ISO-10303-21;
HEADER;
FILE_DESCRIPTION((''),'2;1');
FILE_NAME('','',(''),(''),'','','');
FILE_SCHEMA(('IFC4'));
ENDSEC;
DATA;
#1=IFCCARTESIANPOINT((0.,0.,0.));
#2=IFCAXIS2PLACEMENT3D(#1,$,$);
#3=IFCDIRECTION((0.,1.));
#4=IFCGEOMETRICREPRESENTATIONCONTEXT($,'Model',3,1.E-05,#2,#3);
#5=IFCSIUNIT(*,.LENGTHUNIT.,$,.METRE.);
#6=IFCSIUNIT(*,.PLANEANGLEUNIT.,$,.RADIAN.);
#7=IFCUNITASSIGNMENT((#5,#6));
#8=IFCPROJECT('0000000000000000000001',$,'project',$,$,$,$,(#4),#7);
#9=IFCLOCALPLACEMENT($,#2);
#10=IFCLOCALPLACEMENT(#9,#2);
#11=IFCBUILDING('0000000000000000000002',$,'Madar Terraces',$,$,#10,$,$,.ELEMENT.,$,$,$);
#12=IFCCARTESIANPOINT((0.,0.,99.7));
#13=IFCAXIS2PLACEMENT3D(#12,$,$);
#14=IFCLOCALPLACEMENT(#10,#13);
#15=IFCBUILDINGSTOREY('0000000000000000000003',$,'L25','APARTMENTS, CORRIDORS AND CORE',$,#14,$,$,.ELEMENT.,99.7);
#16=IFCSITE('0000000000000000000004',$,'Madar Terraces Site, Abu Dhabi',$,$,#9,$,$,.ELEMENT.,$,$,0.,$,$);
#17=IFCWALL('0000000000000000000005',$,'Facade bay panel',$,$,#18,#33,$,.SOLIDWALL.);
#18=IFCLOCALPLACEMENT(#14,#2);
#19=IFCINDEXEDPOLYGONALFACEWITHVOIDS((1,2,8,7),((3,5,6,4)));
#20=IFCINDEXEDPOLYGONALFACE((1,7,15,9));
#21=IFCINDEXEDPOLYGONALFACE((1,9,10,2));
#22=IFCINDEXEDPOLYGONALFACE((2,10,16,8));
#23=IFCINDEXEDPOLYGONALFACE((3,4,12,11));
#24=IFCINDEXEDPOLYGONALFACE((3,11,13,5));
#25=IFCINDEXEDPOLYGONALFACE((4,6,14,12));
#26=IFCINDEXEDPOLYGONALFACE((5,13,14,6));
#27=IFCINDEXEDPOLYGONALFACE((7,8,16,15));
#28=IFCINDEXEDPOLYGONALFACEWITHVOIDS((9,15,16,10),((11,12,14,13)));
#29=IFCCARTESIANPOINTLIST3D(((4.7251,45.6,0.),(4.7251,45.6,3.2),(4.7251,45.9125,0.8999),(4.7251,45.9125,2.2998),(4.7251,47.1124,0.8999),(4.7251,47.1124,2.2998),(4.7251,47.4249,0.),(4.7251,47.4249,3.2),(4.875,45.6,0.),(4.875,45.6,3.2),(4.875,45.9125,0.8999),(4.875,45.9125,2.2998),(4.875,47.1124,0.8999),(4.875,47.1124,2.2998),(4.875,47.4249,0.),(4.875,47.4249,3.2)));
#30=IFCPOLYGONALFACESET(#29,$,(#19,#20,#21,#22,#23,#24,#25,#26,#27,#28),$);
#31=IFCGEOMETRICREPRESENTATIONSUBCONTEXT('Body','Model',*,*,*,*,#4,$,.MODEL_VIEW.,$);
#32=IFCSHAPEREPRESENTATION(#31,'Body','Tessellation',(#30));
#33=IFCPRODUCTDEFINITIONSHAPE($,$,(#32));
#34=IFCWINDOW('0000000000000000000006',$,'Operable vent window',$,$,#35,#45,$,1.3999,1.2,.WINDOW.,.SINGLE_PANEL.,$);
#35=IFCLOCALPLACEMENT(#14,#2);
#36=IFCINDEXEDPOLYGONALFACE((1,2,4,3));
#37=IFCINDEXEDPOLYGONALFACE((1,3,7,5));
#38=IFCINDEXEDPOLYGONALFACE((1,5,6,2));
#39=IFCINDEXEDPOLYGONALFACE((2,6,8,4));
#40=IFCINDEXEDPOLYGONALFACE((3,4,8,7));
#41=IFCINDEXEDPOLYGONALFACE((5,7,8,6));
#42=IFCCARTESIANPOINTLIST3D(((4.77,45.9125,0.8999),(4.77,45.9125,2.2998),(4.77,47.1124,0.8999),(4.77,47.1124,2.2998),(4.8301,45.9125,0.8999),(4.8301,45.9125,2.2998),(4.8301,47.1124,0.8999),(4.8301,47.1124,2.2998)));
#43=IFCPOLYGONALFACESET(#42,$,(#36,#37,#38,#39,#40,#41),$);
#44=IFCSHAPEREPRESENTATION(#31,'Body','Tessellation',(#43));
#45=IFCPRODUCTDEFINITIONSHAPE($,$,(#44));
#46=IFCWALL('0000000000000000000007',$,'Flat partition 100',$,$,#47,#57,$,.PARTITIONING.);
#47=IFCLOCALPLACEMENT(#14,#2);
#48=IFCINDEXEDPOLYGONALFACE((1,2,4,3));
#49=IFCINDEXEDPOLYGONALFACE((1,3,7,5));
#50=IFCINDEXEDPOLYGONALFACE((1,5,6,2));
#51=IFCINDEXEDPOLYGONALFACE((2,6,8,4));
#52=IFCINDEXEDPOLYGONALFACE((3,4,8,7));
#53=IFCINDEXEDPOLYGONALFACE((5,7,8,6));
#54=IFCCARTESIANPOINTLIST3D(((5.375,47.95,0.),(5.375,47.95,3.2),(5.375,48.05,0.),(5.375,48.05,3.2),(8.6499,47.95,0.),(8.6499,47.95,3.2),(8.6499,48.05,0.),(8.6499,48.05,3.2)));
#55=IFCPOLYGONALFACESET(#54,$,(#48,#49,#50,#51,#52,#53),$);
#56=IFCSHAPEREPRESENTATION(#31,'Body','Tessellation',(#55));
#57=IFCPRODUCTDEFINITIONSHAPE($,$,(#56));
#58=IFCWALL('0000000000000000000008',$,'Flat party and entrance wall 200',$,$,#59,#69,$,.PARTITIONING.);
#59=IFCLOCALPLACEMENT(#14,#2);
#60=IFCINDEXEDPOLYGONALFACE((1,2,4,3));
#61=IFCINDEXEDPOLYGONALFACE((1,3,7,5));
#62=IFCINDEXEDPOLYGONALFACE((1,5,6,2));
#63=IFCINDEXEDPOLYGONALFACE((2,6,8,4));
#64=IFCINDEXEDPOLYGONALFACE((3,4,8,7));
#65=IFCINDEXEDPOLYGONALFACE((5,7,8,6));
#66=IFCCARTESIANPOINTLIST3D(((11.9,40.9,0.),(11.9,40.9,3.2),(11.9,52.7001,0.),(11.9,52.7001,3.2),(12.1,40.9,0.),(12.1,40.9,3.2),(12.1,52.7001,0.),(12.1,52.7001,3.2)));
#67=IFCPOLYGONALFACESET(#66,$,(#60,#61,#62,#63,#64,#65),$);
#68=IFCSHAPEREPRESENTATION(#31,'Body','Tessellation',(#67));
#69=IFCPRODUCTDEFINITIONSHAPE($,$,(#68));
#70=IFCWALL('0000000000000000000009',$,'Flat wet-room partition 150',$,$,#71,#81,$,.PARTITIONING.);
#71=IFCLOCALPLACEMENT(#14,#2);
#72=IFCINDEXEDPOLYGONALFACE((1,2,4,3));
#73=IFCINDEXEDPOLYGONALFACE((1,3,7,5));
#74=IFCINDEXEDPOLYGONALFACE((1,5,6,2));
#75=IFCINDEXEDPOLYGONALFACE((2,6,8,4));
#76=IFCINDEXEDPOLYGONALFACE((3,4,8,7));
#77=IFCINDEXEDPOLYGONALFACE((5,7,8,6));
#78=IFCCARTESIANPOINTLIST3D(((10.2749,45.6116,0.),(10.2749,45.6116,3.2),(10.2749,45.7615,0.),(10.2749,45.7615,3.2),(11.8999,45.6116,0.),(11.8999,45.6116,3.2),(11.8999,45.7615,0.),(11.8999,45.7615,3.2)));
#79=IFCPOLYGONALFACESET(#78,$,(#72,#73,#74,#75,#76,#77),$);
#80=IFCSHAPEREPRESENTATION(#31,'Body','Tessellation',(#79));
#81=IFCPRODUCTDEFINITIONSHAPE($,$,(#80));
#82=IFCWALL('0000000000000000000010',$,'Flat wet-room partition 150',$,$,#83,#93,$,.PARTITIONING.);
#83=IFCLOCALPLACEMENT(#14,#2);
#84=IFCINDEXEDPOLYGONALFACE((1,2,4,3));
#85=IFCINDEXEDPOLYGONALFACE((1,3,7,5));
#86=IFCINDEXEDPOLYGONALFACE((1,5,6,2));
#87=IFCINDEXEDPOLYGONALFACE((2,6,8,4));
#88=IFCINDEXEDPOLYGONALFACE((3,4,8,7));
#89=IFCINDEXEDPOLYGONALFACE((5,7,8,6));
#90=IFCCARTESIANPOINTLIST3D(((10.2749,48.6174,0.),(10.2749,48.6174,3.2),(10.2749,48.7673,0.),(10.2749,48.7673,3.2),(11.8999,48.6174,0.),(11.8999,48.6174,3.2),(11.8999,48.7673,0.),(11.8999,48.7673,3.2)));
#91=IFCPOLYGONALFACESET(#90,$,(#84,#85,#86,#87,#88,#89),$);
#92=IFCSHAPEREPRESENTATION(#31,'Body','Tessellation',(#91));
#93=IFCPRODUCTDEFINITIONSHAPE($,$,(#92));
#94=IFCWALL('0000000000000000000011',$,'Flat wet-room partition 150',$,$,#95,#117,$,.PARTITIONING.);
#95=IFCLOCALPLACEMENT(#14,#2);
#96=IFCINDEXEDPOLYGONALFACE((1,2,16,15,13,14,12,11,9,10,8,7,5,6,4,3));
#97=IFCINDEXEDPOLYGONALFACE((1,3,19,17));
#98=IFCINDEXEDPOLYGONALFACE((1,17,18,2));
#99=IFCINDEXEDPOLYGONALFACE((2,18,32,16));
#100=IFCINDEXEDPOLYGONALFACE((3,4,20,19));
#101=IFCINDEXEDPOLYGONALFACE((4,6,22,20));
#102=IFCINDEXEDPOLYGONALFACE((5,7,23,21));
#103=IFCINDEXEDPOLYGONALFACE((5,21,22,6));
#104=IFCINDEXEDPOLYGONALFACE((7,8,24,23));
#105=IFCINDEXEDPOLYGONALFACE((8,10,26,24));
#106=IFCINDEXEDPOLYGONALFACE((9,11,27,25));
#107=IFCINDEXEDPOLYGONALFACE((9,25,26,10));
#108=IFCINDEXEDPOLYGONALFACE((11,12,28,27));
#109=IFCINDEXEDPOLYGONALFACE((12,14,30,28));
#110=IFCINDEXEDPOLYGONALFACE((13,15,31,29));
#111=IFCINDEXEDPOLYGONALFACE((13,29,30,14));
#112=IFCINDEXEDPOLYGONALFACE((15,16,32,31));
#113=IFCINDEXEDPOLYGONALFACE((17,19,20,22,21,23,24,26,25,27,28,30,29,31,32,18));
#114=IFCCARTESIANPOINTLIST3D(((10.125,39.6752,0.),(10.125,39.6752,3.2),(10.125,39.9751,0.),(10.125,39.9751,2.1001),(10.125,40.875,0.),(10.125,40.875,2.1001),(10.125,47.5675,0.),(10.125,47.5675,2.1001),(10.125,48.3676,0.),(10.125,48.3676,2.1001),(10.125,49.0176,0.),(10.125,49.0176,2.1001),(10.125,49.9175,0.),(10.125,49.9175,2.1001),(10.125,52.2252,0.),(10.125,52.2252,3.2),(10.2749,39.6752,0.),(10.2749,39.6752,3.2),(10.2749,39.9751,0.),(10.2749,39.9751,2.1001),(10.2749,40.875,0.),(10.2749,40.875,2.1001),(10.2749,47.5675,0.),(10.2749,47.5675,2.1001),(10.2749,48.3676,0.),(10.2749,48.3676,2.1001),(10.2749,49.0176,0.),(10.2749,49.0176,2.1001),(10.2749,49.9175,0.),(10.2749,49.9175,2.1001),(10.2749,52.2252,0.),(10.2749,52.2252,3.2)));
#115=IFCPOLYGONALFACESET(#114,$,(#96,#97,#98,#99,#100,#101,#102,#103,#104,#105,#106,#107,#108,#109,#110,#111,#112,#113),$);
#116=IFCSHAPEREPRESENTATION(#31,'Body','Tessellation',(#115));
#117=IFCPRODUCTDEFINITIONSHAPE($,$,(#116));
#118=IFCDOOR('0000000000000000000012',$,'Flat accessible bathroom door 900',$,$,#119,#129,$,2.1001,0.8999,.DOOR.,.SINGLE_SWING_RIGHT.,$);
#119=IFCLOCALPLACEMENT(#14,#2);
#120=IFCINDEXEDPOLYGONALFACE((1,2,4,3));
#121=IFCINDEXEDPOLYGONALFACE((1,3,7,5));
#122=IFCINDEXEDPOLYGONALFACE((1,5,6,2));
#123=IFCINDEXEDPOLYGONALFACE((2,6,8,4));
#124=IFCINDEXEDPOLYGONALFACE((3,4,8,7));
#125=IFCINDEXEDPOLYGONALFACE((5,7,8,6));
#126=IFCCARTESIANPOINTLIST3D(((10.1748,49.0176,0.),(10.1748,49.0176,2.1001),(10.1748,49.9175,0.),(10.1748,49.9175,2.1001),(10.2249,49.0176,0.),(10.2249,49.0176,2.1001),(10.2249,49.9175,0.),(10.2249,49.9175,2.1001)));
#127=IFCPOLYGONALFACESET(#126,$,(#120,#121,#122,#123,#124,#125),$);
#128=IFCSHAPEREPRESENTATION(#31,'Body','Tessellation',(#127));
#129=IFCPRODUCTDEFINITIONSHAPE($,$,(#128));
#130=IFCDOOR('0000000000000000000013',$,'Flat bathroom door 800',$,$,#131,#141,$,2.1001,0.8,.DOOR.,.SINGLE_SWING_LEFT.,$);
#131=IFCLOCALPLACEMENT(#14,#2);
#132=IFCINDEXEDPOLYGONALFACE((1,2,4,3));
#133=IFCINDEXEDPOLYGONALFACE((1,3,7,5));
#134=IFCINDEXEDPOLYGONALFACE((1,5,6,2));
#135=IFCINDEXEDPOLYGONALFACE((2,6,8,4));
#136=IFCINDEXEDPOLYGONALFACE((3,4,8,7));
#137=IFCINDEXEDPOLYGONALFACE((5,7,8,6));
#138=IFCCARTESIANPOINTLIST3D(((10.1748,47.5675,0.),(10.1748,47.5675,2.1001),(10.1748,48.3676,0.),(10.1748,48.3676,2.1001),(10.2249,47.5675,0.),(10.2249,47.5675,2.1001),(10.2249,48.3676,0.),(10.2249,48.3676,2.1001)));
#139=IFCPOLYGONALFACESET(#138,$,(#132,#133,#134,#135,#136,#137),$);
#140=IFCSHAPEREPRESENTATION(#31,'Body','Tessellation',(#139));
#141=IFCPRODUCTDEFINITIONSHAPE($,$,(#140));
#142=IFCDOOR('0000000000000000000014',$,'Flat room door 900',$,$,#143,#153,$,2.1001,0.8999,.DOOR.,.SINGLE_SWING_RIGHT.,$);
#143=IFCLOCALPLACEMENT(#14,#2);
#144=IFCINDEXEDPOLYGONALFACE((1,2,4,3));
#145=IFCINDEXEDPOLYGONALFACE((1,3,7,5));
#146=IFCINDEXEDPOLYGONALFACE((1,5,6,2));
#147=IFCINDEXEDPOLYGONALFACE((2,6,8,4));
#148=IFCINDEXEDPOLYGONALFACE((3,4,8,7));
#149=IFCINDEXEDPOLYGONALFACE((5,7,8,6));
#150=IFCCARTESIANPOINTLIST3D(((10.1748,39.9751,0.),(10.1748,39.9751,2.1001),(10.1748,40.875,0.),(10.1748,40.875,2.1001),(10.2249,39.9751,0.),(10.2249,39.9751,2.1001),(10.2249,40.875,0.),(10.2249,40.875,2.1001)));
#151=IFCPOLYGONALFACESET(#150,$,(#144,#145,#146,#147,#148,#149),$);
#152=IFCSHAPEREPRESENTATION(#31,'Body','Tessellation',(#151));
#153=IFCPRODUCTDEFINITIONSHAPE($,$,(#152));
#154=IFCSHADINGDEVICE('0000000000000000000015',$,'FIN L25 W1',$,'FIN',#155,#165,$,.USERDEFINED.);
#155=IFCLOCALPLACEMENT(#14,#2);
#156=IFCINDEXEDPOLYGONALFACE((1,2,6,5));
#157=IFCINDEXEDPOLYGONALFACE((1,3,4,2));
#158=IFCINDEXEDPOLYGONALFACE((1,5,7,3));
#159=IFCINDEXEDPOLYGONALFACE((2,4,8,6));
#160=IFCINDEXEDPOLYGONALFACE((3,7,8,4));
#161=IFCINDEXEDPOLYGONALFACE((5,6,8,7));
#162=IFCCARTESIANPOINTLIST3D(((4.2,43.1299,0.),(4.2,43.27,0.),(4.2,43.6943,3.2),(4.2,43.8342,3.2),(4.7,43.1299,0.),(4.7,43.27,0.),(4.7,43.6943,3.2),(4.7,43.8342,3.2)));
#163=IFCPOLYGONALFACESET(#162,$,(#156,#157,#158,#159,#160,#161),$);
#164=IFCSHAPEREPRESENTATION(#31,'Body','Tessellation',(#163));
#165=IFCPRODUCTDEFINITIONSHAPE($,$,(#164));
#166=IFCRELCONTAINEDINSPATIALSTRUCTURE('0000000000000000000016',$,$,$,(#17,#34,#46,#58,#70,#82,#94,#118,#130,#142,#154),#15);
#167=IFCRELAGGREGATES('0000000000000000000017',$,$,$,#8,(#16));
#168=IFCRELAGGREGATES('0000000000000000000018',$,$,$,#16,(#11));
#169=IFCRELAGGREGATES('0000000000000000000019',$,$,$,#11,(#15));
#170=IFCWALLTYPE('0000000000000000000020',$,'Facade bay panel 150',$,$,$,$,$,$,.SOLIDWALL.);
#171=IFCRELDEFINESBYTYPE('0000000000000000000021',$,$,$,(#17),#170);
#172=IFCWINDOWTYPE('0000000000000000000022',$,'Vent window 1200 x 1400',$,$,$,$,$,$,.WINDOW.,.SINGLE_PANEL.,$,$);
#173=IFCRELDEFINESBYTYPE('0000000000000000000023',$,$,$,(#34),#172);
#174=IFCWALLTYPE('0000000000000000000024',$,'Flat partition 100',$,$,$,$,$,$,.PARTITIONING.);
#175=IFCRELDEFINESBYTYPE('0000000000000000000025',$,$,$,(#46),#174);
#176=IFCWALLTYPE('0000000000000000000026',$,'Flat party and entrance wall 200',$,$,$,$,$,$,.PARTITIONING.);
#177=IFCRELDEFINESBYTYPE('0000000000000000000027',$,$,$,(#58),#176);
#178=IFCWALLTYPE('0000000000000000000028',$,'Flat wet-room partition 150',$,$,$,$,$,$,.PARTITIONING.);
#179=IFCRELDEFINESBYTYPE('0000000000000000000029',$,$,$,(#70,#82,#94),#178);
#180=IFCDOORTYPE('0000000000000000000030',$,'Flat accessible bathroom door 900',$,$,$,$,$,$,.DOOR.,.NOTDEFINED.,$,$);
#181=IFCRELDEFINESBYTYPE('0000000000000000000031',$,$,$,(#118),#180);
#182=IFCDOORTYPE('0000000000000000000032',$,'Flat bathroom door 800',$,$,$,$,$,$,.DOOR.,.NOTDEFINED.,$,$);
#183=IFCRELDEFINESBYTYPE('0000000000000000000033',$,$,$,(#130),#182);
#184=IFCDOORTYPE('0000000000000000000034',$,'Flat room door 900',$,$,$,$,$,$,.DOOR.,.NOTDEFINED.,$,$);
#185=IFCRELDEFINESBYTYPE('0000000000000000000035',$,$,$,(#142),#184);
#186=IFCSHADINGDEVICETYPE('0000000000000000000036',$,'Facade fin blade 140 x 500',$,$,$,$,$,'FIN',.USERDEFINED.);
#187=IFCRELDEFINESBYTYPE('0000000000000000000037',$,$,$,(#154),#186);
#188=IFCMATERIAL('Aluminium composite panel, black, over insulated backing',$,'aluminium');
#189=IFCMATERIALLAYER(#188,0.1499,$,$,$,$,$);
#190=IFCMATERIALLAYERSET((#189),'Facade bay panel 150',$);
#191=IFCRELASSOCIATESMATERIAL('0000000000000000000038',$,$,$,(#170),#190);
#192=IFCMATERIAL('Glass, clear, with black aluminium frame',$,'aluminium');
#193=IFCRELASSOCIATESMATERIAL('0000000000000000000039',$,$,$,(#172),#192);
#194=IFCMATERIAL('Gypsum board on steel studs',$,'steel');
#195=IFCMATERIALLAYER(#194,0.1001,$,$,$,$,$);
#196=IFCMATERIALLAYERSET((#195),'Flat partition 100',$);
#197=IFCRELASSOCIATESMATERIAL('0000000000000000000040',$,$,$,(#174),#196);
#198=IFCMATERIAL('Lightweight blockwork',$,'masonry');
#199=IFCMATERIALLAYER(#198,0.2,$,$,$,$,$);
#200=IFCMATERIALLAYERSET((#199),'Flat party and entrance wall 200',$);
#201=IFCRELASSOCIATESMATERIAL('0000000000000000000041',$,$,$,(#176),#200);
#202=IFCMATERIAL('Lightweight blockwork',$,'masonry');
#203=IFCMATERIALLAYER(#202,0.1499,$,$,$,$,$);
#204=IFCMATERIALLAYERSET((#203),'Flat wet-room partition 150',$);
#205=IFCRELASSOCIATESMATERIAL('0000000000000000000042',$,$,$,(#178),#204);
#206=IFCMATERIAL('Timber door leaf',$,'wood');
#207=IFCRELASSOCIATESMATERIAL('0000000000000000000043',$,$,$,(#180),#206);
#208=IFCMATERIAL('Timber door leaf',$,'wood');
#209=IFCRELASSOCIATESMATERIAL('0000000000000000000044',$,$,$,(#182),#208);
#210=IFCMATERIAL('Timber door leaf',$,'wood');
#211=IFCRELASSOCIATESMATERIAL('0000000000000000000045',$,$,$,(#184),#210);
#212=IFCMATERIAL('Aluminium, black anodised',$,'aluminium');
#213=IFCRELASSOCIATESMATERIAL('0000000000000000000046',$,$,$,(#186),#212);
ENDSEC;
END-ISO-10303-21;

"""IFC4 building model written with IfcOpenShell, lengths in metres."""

from ifc_helpers import new_model, si_unit, direction, frame, frame_2d, origin, place, context, subcontext, project, spatial, polyline, rectangle, outline, extrude, material, layer, layer_set, type_object, element, fill, save


model = new_model("IFC4")

# Units and contexts
model_context = context("Model", 3, precision=1e-05, world=origin(), true_north=direction((0.0, 1.0)))
body_context = subcontext(model_context, "Body", "Model", "MODEL_VIEW")
ifc_project = project(units=[si_unit("LENGTHUNIT", "METRE"), si_unit("PLANEANGLEUNIT", "RADIAN")], contexts=[model_context])

# Site, building, storey
site_placement = place(None, origin())
site = spatial("IfcSite", under=ifc_project, at=site_placement, Name="Madar Terraces Site, Abu Dhabi", CompositionType="ELEMENT", RefElevation=0.0)
building_placement = place(site_placement, origin())
building = spatial("IfcBuilding", under=site, at=building_placement, Name="Madar Terraces", CompositionType="ELEMENT")
storey_placement = place(building_placement, frame((0.0, 0.0, 99.7)))
storey = spatial("IfcBuildingStorey", under=building, at=storey_placement, Name="L25", Description="APARTMENTS, CORRIDORS AND CORE", CompositionType="ELEMENT", Elevation=99.7)

# Wall, opening, window
ifc_material_1 = material(Name="Aluminium composite panel, black, over insulated backing", Category="aluminium")
ifc_layer_1 = layer(ifc_material_1, 0.1499)
ifc_layer_set_1 = layer_set([ifc_layer_1], Name="Facade bay panel 150")
wall_type_1 = type_object("IfcWallType", Name="Facade bay panel 150", PredefinedType="SOLIDWALL", material=ifc_layer_set_1)
wall_1_placement = place(storey_placement, frame((4.8, 47.425, 0.0), z_axis=(0.0, 0.0, 1.0), x_axis=(0.0, -1.0, 0.0)))
wall_1 = element("IfcWall", 1, at=wall_1_placement, inside=storey, type_object=wall_type_1, Name="Facade bay panel", PredefinedType="SOLIDWALL", context=body_context, shape_type="SweptSolid", body=[
    extrude(rectangle(XDim=1.825, YDim=0.1499, at=frame_2d((0.9126, 0.0))), origin(), (0.0, 0.0, 1.0), 3.2),
])
opening_1_placement = place(wall_1_placement, frame((0.3125, 0.0, 0.8999)))
opening_1 = element("IfcOpeningElement", 2, at=opening_1_placement, cuts=wall_1, PredefinedType="OPENING", context=body_context, shape_type="SweptSolid", body=[
    extrude(rectangle(XDim=1.2, YDim=1.3999, at=frame_2d((0.6001, 0.7))), frame((0.0, 0.085, 0.0), z_axis=(0.0, -1.0, 0.0), x_axis=(1.0, 0.0, 0.0)), (0.0, 0.0, 1.0), 0.1699),
])
ifc_material_2 = material(Name="Glass, clear, with black aluminium frame", Category="aluminium")
window_type = type_object("IfcWindowType", Name="Vent window 1200 x 1400", PartitioningType="SINGLE_PANEL", PredefinedType="WINDOW", material=ifc_material_2)
window_placement = place(opening_1_placement, origin())
window = element("IfcWindow", 3, at=window_placement, inside=storey, type_object=window_type, Name="Operable vent window", OverallHeight=1.3999, OverallWidth=1.2, PartitioningType="SINGLE_PANEL", PredefinedType="WINDOW", context=body_context, shape_type="SweptSolid", body=[
    extrude(rectangle(XDim=1.2, YDim=1.3999, at=frame_2d((0.6001, 0.7))), frame((0.0, 0.03, 0.0), z_axis=(0.0, -1.0, 0.0), x_axis=(1.0, 0.0, 0.0)), (0.0, 0.0, 1.0), 0.0601),
])
fill(opening_1, window)

# Walls
ifc_material_3 = material(Name="Gypsum board on steel studs", Category="steel")
ifc_layer_2 = layer(ifc_material_3, 0.1001)
ifc_layer_set_2 = layer_set([ifc_layer_2], Name="Flat partition 100")
wall_type_2 = type_object("IfcWallType", Name="Flat partition 100", PredefinedType="PARTITIONING", material=ifc_layer_set_2)
wall_2_placement = place(storey_placement, frame((8.6499, 48.0, 0.0), z_axis=(0.0, 0.0, 1.0), x_axis=(-1.0, 0.0, 0.0)))
element("IfcWall", 4, at=wall_2_placement, inside=storey, type_object=wall_type_2, Name="Flat partition 100", PredefinedType="PARTITIONING", context=body_context, shape_type="SweptSolid", body=[
    extrude(rectangle(XDim=3.2749, YDim=0.1001, at=frame_2d((1.6375, 0.0))), origin(), (0.0, 0.0, 1.0), 3.2),
])
ifc_material_4 = material(Name="Lightweight blockwork", Category="masonry")
ifc_layer_3 = layer(ifc_material_4, 0.2)
ifc_layer_set_3 = layer_set([ifc_layer_3], Name="Flat party and entrance wall 200")
wall_type_3 = type_object("IfcWallType", Name="Flat party and entrance wall 200", PredefinedType="PARTITIONING", material=ifc_layer_set_3)
wall_3_placement = place(storey_placement, frame((12.0, 52.7, 0.0), z_axis=(0.0, 0.0, 1.0), x_axis=(0.0, -1.0, 0.0)))
element("IfcWall", 5, at=wall_3_placement, inside=storey, type_object=wall_type_3, Name="Flat party and entrance wall 200", PredefinedType="PARTITIONING", context=body_context, shape_type="SweptSolid", body=[
    extrude(rectangle(XDim=11.8, YDim=0.2, at=frame_2d((5.8999, 0.0))), origin(), (0.0, 0.0, 1.0), 3.2),
])
ifc_material_5 = material(Name="Lightweight blockwork", Category="masonry")
ifc_layer_4 = layer(ifc_material_5, 0.1499)
ifc_layer_set_4 = layer_set([ifc_layer_4], Name="Flat wet-room partition 150")
wall_type_4 = type_object("IfcWallType", Name="Flat wet-room partition 150", PredefinedType="PARTITIONING", material=ifc_layer_set_4)
for number, where, z_axis, x_axis, name in (
    (6, (11.8999, 45.6865, 0.0), (0.0, 0.0, 1.0), (-1.0, 0.0, 0.0), "Flat wet-room partition 150"),
    (7, (11.8999, 48.6924, 0.0), (0.0, 0.0, 1.0), (-1.0, 0.0, 0.0), "Flat wet-room partition 150"),
):
    element("IfcWall", number, at=place(storey_placement, frame(where, z_axis=z_axis, x_axis=x_axis)), inside=storey, type_object=wall_type_4, Name=name, PredefinedType="PARTITIONING", context=body_context, shape_type="SweptSolid", body=[
        extrude(rectangle(XDim=1.625, YDim=0.1499, at=frame_2d((0.8125, 0.0))), origin(), (0.0, 0.0, 1.0), 3.2),
    ])

# Wall, openings, doors
wall_4_placement = place(storey_placement, frame((10.2, 52.2251, 0.0), z_axis=(0.0, 0.0, 1.0), x_axis=(0.0, -1.0, 0.0)))
wall_4 = element("IfcWall", 8, at=wall_4_placement, inside=storey, type_object=wall_type_4, Name="Flat wet-room partition 150", PredefinedType="PARTITIONING", context=body_context, shape_type="SweptSolid", body=[
    extrude(rectangle(XDim=12.55, YDim=0.1499, at=frame_2d((6.2749, 0.0))), origin(), (0.0, 0.0, 1.0), 3.2),
])
opening_2_placement = place(wall_4_placement, frame((11.3501, 0.0, 0.0)))
opening_2 = element("IfcOpeningElement", 9, at=opening_2_placement, cuts=wall_4, PredefinedType="OPENING", context=body_context, shape_type="SweptSolid", body=[
    extrude(rectangle(XDim=0.8999, YDim=2.1001, at=frame_2d((0.45, 1.05))), frame((0.0, 0.085, 0.0), z_axis=(0.0, -1.0, 0.0), x_axis=(1.0, 0.0, 0.0)), (0.0, 0.0, 1.0), 0.1699),
])
opening_3_placement = place(wall_4_placement, frame((3.8577, 0.0, 0.0)))
opening_3 = element("IfcOpeningElement", 10, at=opening_3_placement, cuts=wall_4, PredefinedType="OPENING", context=body_context, shape_type="SweptSolid", body=[
    extrude(rectangle(XDim=0.8, YDim=2.1001, at=frame_2d((0.3999, 1.05))), frame((0.0, 0.085, 0.0), z_axis=(0.0, -1.0, 0.0), x_axis=(1.0, 0.0, 0.0)), (0.0, 0.0, 1.0), 0.1699),
])
opening_4_placement = place(wall_4_placement, frame((2.3076, 0.0, 0.0)))
opening_4 = element("IfcOpeningElement", 11, at=opening_4_placement, cuts=wall_4, PredefinedType="OPENING", context=body_context, shape_type="SweptSolid", body=[
    extrude(rectangle(XDim=0.8999, YDim=2.1001, at=frame_2d((0.45, 1.05))), frame((0.0, 0.085, 0.0), z_axis=(0.0, -1.0, 0.0), x_axis=(1.0, 0.0, 0.0)), (0.0, 0.0, 1.0), 0.1699),
])
ifc_material_6 = material(Name="Timber door leaf", Category="wood")
door_type_1 = type_object("IfcDoorType", Name="Flat accessible bathroom door 900", OperationType="NOTDEFINED", PredefinedType="DOOR", material=ifc_material_6)
door_1_placement = place(opening_4_placement, origin())
door_1 = element("IfcDoor", 12, at=door_1_placement, inside=storey, type_object=door_type_1, Name="Flat accessible bathroom door 900", OperationType="SINGLE_SWING_RIGHT", OverallHeight=2.1001, OverallWidth=0.8999, PredefinedType="DOOR", context=body_context, shape_type="SweptSolid", body=[
    extrude(rectangle(XDim=0.8999, YDim=2.1001, at=frame_2d((0.45, 1.05))), frame((0.0, 0.0249, 0.0), z_axis=(0.0, -1.0, 0.0), x_axis=(1.0, 0.0, 0.0)), (0.0, 0.0, 1.0), 0.05),
])
fill(opening_4, door_1)
ifc_material_7 = material(Name="Timber door leaf", Category="wood")
door_type_2 = type_object("IfcDoorType", Name="Flat bathroom door 800", OperationType="NOTDEFINED", PredefinedType="DOOR", material=ifc_material_7)
door_2_placement = place(opening_3_placement, origin())
door_2 = element("IfcDoor", 13, at=door_2_placement, inside=storey, type_object=door_type_2, Name="Flat bathroom door 800", OperationType="SINGLE_SWING_LEFT", OverallHeight=2.1001, OverallWidth=0.8, PredefinedType="DOOR", context=body_context, shape_type="SweptSolid", body=[
    extrude(rectangle(XDim=0.8, YDim=2.1001, at=frame_2d((0.3999, 1.05))), frame((0.0, 0.0249, 0.0), z_axis=(0.0, -1.0, 0.0), x_axis=(1.0, 0.0, 0.0)), (0.0, 0.0, 1.0), 0.05),
])
fill(opening_3, door_2)
ifc_material_8 = material(Name="Timber door leaf", Category="wood")
door_type_3 = type_object("IfcDoorType", Name="Flat room door 900", OperationType="NOTDEFINED", PredefinedType="DOOR", material=ifc_material_8)
door_3_placement = place(opening_2_placement, origin())
door_3 = element("IfcDoor", 14, at=door_3_placement, inside=storey, type_object=door_type_3, Name="Flat room door 900", OperationType="SINGLE_SWING_RIGHT", OverallHeight=2.1001, OverallWidth=0.8999, PredefinedType="DOOR", context=body_context, shape_type="SweptSolid", body=[
    extrude(rectangle(XDim=0.8999, YDim=2.1001, at=frame_2d((0.45, 1.05))), frame((0.0, 0.0249, 0.0), z_axis=(0.0, -1.0, 0.0), x_axis=(1.0, 0.0, 0.0)), (0.0, 0.0, 1.0), 0.05),
])
fill(opening_2, door_3)

# Shading device
ifc_material_9 = material(Name="Aluminium, black anodised", Category="aluminium")
shading_device_type = type_object("IfcShadingDeviceType", Name="Facade fin blade 140 x 500", ElementType="FIN", PredefinedType="USERDEFINED", material=ifc_material_9)
shading_device_placement = place(storey_placement, frame((4.45, 43.27, 0.0), z_axis=(0.0, 0.0, 1.0), x_axis=(0.0, -1.0, 0.0)))
element("IfcShadingDevice", 15, at=shading_device_placement, inside=storey, type_object=shading_device_type, Name="FIN L25 W1", ObjectType="FIN", PredefinedType="USERDEFINED", context=body_context, shape_type="SweptSolid", body=[
    extrude(outline(polyline([(0.0, 0.0), (0.1401, 0.0), (-0.4243, 3.2), (-0.5642, 3.2), (0.0, 0.0)])), frame((0.0, 0.25, 0.0), z_axis=(0.0, -1.0, 0.0), x_axis=(1.0, 0.0, 0.0)), (0.0, 0.0, 1.0), 0.5),
])

save(model, "model.ifc")
